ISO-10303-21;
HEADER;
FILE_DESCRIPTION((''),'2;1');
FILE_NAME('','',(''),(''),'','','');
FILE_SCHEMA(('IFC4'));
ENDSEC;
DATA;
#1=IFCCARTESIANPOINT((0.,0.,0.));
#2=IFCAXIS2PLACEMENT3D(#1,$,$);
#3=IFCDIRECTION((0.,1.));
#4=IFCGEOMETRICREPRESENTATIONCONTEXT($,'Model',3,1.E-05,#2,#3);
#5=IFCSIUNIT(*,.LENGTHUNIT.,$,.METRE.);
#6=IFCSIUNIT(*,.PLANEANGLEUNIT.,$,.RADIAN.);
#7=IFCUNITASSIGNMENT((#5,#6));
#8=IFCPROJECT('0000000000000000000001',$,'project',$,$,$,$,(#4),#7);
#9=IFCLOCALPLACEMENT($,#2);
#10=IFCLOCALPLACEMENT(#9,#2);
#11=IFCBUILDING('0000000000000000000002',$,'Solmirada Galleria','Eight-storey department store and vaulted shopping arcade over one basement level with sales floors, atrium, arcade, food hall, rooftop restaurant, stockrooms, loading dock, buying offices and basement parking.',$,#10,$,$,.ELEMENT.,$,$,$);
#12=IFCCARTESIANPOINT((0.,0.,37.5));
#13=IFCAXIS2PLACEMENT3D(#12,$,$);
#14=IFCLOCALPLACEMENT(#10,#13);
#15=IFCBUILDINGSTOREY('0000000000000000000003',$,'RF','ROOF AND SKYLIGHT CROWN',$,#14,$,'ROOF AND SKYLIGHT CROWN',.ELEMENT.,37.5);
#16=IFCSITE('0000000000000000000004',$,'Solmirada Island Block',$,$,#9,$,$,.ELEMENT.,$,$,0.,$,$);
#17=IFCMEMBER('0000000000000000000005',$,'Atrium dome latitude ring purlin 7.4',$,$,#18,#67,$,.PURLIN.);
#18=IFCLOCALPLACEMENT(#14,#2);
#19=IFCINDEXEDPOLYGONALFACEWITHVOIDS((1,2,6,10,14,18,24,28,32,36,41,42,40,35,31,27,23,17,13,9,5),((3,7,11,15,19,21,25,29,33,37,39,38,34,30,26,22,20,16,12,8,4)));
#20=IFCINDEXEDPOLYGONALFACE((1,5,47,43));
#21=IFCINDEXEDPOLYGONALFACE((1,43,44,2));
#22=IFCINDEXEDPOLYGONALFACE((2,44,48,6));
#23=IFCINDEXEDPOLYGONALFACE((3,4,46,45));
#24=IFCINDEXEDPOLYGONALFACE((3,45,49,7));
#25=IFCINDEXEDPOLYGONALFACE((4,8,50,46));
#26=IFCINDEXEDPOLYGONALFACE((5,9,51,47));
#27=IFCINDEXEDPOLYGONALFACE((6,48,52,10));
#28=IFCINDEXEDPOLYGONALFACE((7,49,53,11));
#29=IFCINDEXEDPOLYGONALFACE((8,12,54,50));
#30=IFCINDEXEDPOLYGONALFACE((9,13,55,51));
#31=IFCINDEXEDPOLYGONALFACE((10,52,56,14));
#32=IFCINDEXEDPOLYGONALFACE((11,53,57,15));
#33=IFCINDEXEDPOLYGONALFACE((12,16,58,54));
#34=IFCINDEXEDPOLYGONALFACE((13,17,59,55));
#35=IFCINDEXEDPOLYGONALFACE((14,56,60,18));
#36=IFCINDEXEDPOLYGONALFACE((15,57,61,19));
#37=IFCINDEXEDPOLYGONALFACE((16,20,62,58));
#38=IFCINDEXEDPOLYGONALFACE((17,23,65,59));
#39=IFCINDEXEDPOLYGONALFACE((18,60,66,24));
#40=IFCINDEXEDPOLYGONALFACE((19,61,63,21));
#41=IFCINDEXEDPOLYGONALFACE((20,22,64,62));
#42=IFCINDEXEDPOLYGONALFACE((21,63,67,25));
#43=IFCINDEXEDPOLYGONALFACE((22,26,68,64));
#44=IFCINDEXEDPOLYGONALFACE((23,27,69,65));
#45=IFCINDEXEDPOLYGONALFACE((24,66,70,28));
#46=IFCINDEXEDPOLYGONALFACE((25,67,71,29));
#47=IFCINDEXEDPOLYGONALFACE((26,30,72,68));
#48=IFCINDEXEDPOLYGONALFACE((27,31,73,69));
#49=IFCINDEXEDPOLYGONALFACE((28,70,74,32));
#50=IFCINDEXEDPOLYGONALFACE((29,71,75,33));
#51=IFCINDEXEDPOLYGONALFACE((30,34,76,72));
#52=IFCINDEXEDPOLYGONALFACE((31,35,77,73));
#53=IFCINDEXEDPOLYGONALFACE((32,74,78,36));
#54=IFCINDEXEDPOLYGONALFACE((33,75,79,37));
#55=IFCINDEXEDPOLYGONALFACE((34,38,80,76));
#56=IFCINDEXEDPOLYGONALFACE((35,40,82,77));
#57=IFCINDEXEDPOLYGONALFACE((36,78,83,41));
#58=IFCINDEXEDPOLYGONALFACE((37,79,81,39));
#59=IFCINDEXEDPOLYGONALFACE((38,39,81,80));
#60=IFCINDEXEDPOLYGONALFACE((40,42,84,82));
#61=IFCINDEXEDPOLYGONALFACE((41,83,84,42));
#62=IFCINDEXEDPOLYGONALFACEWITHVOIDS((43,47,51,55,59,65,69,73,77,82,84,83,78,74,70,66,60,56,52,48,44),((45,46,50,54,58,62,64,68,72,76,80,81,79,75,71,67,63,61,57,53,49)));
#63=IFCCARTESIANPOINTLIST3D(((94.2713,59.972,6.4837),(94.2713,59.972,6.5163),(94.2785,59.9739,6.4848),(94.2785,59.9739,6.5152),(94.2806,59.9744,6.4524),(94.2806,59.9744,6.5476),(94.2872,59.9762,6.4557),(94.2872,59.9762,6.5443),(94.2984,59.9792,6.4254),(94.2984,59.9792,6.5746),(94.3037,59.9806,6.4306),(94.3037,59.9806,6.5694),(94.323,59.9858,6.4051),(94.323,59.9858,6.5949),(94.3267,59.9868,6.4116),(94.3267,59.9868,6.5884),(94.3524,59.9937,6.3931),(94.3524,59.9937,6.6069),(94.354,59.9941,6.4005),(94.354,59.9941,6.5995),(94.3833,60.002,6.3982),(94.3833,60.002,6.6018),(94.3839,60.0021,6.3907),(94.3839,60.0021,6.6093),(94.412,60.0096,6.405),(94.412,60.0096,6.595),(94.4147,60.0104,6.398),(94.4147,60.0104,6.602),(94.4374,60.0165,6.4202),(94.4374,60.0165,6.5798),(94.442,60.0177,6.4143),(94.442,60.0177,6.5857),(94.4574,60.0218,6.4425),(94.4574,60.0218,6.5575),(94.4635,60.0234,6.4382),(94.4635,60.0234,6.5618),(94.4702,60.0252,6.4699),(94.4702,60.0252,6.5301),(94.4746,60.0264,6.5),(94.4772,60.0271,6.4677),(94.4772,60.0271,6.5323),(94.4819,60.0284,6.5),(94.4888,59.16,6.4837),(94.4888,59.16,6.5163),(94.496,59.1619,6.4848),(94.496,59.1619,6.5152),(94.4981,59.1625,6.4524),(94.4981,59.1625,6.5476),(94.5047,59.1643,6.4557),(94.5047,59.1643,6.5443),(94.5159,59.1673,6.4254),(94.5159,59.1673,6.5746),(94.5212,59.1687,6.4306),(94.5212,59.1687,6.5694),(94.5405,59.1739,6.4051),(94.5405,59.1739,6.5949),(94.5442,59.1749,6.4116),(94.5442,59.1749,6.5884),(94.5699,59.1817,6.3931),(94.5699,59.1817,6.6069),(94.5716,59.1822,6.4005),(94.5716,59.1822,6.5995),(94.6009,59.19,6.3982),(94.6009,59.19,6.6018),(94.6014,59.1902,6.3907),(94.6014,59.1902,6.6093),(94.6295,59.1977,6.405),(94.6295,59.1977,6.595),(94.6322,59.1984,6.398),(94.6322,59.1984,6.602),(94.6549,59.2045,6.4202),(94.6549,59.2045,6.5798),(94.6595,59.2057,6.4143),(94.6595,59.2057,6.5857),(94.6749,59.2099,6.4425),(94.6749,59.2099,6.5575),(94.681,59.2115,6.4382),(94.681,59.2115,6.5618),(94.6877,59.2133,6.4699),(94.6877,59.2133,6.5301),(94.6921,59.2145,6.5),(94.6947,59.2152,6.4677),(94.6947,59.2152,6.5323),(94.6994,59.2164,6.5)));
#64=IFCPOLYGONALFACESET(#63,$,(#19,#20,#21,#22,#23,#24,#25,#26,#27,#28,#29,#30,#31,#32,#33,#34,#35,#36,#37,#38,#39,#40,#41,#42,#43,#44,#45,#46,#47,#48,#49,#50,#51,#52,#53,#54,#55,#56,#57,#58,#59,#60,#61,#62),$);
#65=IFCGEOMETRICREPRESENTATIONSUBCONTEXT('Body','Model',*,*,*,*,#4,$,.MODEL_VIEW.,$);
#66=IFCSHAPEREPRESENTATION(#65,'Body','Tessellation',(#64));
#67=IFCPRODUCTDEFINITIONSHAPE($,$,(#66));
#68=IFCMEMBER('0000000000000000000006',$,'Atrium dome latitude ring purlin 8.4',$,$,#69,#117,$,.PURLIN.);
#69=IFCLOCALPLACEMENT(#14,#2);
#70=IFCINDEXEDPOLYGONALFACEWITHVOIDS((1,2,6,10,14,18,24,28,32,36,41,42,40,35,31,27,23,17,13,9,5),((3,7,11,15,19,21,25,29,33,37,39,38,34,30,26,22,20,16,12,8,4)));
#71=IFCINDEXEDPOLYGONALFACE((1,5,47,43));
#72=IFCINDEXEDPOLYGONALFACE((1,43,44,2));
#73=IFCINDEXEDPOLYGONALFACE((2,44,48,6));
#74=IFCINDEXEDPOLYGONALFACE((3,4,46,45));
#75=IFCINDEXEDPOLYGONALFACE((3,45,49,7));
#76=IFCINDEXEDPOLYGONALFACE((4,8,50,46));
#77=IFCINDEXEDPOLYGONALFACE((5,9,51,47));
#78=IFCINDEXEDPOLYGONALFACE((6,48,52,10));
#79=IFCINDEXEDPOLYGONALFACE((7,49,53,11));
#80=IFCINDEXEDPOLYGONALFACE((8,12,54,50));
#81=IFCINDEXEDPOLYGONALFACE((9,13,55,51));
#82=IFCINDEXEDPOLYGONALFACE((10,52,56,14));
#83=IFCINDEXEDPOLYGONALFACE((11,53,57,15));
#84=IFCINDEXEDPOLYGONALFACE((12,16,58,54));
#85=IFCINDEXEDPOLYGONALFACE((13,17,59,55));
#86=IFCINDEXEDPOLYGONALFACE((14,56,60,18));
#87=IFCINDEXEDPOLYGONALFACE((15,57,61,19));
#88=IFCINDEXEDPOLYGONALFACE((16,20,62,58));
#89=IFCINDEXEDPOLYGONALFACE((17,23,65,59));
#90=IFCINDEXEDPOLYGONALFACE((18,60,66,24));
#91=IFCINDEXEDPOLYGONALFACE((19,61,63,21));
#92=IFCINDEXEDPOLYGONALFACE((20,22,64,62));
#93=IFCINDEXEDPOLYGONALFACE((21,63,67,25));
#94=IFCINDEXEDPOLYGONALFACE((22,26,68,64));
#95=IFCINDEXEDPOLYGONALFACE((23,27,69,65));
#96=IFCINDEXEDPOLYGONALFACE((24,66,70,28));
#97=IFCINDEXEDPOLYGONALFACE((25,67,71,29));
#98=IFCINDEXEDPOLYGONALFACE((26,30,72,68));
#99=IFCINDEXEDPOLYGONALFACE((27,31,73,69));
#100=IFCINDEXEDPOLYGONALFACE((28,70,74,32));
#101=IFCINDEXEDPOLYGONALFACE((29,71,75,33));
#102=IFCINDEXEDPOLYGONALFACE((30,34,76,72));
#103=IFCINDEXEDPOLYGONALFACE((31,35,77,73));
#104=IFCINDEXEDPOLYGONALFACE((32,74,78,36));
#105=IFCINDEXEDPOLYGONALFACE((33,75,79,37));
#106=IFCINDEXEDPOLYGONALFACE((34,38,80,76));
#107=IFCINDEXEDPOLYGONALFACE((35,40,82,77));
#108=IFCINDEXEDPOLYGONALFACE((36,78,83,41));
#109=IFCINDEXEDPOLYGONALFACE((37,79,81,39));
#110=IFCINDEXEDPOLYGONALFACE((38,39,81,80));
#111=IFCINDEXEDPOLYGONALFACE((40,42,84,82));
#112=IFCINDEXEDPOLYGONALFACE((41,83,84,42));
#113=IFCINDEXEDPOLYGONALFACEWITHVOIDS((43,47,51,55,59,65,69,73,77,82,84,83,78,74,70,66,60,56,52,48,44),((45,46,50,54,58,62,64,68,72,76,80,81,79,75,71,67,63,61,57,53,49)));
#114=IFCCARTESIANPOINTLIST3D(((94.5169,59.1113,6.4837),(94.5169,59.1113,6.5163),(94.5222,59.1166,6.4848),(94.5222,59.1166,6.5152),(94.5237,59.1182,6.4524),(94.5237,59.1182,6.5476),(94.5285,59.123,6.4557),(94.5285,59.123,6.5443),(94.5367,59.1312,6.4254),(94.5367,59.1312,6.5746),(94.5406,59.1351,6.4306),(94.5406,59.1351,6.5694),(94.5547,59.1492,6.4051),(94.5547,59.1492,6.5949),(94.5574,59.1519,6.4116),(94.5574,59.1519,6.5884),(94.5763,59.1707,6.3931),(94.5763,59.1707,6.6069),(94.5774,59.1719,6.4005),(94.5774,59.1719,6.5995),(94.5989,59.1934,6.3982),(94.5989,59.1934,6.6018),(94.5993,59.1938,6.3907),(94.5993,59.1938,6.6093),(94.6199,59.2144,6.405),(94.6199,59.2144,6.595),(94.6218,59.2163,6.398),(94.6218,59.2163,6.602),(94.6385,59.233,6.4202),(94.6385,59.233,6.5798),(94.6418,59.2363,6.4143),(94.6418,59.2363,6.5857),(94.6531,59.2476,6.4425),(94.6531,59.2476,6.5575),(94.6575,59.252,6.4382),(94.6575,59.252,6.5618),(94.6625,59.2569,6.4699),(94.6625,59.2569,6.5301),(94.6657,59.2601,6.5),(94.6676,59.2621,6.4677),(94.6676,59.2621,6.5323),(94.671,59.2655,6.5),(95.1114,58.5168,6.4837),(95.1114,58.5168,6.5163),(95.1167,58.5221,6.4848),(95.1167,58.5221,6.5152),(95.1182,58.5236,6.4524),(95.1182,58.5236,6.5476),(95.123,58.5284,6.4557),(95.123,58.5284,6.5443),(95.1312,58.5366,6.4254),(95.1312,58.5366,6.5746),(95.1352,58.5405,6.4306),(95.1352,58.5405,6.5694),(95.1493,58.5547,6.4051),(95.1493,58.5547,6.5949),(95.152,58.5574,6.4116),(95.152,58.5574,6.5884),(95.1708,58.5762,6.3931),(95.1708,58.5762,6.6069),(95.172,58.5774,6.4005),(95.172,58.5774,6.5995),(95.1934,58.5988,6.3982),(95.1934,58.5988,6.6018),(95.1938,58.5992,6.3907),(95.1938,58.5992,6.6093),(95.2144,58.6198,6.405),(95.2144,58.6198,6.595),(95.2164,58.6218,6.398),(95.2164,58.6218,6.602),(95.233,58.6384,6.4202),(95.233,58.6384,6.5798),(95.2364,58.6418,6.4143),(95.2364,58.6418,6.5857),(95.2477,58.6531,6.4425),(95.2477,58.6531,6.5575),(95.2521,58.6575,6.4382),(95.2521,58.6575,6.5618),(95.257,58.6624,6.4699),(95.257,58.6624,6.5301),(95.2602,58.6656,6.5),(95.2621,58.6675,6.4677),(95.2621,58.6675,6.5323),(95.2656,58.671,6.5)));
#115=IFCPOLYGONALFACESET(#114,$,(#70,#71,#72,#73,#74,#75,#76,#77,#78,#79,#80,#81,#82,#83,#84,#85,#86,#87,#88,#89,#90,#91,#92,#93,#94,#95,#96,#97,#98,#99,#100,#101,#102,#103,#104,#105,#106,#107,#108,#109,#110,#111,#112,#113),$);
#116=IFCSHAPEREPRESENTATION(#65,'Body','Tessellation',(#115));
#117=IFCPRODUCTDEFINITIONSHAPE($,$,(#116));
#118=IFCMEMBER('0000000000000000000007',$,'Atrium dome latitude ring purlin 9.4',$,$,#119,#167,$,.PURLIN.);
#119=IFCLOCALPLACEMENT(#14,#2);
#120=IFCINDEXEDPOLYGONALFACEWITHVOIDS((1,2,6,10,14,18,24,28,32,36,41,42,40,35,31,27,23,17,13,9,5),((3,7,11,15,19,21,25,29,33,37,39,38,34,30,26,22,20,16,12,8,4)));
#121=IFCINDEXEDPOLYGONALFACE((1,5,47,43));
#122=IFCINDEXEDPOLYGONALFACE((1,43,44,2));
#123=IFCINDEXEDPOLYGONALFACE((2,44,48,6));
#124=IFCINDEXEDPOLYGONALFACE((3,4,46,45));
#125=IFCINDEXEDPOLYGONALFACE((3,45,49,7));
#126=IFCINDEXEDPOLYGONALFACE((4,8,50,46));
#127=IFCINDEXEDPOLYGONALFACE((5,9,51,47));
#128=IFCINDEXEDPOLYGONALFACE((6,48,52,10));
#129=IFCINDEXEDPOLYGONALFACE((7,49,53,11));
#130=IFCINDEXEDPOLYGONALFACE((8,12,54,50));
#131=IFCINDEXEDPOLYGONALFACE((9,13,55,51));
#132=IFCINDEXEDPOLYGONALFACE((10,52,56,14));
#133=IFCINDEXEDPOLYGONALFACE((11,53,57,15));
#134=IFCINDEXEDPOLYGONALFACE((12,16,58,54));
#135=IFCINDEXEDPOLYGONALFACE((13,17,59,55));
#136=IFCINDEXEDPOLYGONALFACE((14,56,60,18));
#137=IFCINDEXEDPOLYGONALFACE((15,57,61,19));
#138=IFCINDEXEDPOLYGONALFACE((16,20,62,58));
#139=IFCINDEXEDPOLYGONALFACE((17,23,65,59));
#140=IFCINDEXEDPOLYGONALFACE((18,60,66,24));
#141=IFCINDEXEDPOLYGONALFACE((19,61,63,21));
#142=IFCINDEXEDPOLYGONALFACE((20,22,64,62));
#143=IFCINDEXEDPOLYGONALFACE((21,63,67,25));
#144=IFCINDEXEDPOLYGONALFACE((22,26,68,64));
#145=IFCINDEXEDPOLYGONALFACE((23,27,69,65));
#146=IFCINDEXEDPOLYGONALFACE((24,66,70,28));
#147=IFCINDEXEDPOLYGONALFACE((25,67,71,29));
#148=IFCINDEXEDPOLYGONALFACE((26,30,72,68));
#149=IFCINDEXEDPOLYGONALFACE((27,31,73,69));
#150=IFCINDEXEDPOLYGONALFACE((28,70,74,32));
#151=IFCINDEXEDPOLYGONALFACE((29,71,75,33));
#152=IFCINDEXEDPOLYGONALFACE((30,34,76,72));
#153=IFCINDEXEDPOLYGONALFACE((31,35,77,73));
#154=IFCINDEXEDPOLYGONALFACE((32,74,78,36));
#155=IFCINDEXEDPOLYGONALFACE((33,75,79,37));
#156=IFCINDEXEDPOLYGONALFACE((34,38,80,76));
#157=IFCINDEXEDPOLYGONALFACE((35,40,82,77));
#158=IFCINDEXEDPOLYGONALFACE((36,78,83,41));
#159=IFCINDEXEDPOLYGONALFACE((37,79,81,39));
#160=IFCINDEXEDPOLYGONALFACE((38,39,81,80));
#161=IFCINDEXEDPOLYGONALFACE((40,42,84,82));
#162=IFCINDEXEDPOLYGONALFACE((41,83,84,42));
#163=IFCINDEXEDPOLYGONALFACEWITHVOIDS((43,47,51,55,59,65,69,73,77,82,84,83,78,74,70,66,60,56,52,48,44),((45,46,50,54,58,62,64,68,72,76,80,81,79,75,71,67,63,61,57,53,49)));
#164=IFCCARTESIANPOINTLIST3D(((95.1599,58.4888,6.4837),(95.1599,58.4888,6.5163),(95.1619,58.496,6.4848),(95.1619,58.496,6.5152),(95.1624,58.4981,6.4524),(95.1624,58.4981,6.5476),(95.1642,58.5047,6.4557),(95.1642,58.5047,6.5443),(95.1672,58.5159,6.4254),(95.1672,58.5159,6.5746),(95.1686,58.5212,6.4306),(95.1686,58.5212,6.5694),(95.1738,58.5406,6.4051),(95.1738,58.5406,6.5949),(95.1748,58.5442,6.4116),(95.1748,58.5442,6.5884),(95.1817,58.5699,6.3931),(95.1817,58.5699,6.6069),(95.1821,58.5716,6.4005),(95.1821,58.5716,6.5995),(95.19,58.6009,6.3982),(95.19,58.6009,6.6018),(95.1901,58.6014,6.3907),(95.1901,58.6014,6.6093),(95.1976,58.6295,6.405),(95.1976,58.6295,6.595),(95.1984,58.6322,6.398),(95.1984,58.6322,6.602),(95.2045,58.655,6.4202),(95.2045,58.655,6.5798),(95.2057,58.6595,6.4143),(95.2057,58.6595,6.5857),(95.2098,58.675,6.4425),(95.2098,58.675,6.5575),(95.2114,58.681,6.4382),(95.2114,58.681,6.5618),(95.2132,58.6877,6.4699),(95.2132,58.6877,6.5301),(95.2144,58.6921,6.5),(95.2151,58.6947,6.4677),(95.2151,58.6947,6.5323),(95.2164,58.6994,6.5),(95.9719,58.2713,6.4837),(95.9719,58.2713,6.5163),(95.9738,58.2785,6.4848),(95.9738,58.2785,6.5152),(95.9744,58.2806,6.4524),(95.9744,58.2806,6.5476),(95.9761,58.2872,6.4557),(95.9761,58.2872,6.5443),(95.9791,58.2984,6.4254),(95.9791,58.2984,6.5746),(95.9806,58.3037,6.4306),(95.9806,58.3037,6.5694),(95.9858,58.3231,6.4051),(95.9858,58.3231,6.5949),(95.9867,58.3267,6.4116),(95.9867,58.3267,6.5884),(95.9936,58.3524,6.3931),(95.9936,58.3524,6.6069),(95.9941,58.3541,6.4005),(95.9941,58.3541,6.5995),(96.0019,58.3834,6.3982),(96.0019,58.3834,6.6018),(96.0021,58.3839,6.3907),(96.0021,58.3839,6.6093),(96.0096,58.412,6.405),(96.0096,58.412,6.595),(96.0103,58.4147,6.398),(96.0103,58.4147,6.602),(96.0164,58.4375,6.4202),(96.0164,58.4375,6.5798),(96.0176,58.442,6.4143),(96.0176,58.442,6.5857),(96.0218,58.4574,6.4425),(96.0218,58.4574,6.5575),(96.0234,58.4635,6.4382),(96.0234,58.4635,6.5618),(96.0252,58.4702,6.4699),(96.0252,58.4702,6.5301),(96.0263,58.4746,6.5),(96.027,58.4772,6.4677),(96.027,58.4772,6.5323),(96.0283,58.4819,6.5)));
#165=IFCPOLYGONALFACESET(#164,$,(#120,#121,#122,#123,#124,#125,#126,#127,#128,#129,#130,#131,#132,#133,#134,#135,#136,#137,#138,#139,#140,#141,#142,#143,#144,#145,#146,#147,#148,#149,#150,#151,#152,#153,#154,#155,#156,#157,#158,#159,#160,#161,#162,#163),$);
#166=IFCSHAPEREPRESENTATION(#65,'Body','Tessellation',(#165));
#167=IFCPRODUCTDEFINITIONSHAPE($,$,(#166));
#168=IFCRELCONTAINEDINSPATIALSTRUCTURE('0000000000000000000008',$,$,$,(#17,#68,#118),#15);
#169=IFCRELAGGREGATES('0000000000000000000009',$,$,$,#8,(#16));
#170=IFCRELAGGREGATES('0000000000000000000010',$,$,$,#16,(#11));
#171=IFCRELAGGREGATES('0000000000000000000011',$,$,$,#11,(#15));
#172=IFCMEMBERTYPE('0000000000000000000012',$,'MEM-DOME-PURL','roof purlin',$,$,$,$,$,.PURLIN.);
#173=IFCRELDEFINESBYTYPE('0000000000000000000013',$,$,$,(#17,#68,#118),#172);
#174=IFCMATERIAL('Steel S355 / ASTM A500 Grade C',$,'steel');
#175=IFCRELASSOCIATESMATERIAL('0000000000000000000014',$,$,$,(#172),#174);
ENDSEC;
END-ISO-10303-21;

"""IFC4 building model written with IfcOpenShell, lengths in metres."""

from ifc_helpers import new_model, si_unit, direction, frame, origin, origin_2d, place, context, subcontext, project, spatial, hollow_circle, extrude, material, material_profile, profile_set, type_object, element, save


model = new_model("IFC4")

# Units and contexts
model_context = context("Model", 3, precision=1e-05, world=origin(), true_north=direction((0.0, 1.0)))
body_context = subcontext(model_context, "Body", "Model", "MODEL_VIEW")
ifc_project = project(units=[si_unit("LENGTHUNIT", "METRE"), si_unit("PLANEANGLEUNIT", "RADIAN")], contexts=[model_context])

# Site, building, storey
site_placement = place(None, origin())
site = spatial("IfcSite", under=ifc_project, at=site_placement, Name="Solmirada Island Block", CompositionType="ELEMENT", RefElevation=0.0)
building_placement = place(site_placement, origin())
building = spatial("IfcBuilding", under=site, at=building_placement, Name="Solmirada Galleria", Description="Eight-storey department store and vaulted shopping arcade over one basement level with sales floors, atrium, arcade, food hall, rooftop restaurant, stockrooms, loading dock, buying offices and basement parking.", CompositionType="ELEMENT")
storey_placement = place(building_placement, frame((0.0, 0.0, 37.5)))
storey = spatial("IfcBuildingStorey", under=building, at=storey_placement, Name="RF", Description="ROOF AND SKYLIGHT CROWN", LongName="ROOF AND SKYLIGHT CROWN", CompositionType="ELEMENT", Elevation=37.5)

# Members
ifc_material_1 = material(Name="Steel S355 / ASTM A500 Grade C", Category="steel")
ifc_material_profile_1 = material_profile(ifc_material_1, hollow_circle(Radius=0.1096, WallThickness=0.0076, at=origin_2d()), Name="HSS8.625X0.322")
ifc_profile_set_1 = profile_set([ifc_material_profile_1], Name="Steel S355 / ASTM A500 Grade C")
member_type_1 = type_object("IfcMemberType", Name="MEM-DOME-PURL", Description="roof purlin", PredefinedType="PURLIN", material=ifc_profile_set_1)
member_1_placement = place(storey_placement, frame((94.376, 60.0, 6.5), z_axis=(0.258765, -0.96594, 0.0), x_axis=(0.96594, 0.258765, 0.0)))
element("IfcMember", 1, at=member_1_placement, inside=storey, type_object=member_type_1, Name="Atrium dome latitude ring purlin 7.4", PredefinedType="PURLIN", context=body_context, shape_type="SweptSolid", body=[
    extrude(hollow_circle(Radius=0.1096, WallThickness=0.0076, at=origin_2d()), origin(), (0.0, 0.0, 1.0), 0.8406),
])
member_2_placement = place(storey_placement, frame((94.5935, 59.188, 6.5), z_axis=(0.707107, -0.707107, 0.0), x_axis=(0.707107, 0.707107, 0.0)))
element("IfcMember", 2, at=member_2_placement, inside=storey, type_object=member_type_1, Name="Atrium dome latitude ring purlin 8.4", PredefinedType="PURLIN", context=body_context, shape_type="SweptSolid", body=[
    extrude(hollow_circle(Radius=0.1096, WallThickness=0.0076, at=origin_2d()), origin(), (0.0, 0.0, 1.0), 0.8408),
])
for number, where, z_axis, x_axis, name in (
    (3, (95.188, 58.5935, 6.5), (0.96594, -0.258765, 0.0), (0.258765, 0.96594, 0.0), "Atrium dome latitude ring purlin 9.4"),
):
    element("IfcMember", number, at=place(storey_placement, frame(where, z_axis=z_axis, x_axis=x_axis)), inside=storey, type_object=member_type_1, Name=name, PredefinedType="PURLIN", context=body_context, shape_type="SweptSolid", body=[
        extrude(hollow_circle(Radius=0.1096, WallThickness=0.0076, at=origin_2d()), origin(), (0.0, 0.0, 1.0), 0.8406),
    ])

save(model, "model.ifc")
